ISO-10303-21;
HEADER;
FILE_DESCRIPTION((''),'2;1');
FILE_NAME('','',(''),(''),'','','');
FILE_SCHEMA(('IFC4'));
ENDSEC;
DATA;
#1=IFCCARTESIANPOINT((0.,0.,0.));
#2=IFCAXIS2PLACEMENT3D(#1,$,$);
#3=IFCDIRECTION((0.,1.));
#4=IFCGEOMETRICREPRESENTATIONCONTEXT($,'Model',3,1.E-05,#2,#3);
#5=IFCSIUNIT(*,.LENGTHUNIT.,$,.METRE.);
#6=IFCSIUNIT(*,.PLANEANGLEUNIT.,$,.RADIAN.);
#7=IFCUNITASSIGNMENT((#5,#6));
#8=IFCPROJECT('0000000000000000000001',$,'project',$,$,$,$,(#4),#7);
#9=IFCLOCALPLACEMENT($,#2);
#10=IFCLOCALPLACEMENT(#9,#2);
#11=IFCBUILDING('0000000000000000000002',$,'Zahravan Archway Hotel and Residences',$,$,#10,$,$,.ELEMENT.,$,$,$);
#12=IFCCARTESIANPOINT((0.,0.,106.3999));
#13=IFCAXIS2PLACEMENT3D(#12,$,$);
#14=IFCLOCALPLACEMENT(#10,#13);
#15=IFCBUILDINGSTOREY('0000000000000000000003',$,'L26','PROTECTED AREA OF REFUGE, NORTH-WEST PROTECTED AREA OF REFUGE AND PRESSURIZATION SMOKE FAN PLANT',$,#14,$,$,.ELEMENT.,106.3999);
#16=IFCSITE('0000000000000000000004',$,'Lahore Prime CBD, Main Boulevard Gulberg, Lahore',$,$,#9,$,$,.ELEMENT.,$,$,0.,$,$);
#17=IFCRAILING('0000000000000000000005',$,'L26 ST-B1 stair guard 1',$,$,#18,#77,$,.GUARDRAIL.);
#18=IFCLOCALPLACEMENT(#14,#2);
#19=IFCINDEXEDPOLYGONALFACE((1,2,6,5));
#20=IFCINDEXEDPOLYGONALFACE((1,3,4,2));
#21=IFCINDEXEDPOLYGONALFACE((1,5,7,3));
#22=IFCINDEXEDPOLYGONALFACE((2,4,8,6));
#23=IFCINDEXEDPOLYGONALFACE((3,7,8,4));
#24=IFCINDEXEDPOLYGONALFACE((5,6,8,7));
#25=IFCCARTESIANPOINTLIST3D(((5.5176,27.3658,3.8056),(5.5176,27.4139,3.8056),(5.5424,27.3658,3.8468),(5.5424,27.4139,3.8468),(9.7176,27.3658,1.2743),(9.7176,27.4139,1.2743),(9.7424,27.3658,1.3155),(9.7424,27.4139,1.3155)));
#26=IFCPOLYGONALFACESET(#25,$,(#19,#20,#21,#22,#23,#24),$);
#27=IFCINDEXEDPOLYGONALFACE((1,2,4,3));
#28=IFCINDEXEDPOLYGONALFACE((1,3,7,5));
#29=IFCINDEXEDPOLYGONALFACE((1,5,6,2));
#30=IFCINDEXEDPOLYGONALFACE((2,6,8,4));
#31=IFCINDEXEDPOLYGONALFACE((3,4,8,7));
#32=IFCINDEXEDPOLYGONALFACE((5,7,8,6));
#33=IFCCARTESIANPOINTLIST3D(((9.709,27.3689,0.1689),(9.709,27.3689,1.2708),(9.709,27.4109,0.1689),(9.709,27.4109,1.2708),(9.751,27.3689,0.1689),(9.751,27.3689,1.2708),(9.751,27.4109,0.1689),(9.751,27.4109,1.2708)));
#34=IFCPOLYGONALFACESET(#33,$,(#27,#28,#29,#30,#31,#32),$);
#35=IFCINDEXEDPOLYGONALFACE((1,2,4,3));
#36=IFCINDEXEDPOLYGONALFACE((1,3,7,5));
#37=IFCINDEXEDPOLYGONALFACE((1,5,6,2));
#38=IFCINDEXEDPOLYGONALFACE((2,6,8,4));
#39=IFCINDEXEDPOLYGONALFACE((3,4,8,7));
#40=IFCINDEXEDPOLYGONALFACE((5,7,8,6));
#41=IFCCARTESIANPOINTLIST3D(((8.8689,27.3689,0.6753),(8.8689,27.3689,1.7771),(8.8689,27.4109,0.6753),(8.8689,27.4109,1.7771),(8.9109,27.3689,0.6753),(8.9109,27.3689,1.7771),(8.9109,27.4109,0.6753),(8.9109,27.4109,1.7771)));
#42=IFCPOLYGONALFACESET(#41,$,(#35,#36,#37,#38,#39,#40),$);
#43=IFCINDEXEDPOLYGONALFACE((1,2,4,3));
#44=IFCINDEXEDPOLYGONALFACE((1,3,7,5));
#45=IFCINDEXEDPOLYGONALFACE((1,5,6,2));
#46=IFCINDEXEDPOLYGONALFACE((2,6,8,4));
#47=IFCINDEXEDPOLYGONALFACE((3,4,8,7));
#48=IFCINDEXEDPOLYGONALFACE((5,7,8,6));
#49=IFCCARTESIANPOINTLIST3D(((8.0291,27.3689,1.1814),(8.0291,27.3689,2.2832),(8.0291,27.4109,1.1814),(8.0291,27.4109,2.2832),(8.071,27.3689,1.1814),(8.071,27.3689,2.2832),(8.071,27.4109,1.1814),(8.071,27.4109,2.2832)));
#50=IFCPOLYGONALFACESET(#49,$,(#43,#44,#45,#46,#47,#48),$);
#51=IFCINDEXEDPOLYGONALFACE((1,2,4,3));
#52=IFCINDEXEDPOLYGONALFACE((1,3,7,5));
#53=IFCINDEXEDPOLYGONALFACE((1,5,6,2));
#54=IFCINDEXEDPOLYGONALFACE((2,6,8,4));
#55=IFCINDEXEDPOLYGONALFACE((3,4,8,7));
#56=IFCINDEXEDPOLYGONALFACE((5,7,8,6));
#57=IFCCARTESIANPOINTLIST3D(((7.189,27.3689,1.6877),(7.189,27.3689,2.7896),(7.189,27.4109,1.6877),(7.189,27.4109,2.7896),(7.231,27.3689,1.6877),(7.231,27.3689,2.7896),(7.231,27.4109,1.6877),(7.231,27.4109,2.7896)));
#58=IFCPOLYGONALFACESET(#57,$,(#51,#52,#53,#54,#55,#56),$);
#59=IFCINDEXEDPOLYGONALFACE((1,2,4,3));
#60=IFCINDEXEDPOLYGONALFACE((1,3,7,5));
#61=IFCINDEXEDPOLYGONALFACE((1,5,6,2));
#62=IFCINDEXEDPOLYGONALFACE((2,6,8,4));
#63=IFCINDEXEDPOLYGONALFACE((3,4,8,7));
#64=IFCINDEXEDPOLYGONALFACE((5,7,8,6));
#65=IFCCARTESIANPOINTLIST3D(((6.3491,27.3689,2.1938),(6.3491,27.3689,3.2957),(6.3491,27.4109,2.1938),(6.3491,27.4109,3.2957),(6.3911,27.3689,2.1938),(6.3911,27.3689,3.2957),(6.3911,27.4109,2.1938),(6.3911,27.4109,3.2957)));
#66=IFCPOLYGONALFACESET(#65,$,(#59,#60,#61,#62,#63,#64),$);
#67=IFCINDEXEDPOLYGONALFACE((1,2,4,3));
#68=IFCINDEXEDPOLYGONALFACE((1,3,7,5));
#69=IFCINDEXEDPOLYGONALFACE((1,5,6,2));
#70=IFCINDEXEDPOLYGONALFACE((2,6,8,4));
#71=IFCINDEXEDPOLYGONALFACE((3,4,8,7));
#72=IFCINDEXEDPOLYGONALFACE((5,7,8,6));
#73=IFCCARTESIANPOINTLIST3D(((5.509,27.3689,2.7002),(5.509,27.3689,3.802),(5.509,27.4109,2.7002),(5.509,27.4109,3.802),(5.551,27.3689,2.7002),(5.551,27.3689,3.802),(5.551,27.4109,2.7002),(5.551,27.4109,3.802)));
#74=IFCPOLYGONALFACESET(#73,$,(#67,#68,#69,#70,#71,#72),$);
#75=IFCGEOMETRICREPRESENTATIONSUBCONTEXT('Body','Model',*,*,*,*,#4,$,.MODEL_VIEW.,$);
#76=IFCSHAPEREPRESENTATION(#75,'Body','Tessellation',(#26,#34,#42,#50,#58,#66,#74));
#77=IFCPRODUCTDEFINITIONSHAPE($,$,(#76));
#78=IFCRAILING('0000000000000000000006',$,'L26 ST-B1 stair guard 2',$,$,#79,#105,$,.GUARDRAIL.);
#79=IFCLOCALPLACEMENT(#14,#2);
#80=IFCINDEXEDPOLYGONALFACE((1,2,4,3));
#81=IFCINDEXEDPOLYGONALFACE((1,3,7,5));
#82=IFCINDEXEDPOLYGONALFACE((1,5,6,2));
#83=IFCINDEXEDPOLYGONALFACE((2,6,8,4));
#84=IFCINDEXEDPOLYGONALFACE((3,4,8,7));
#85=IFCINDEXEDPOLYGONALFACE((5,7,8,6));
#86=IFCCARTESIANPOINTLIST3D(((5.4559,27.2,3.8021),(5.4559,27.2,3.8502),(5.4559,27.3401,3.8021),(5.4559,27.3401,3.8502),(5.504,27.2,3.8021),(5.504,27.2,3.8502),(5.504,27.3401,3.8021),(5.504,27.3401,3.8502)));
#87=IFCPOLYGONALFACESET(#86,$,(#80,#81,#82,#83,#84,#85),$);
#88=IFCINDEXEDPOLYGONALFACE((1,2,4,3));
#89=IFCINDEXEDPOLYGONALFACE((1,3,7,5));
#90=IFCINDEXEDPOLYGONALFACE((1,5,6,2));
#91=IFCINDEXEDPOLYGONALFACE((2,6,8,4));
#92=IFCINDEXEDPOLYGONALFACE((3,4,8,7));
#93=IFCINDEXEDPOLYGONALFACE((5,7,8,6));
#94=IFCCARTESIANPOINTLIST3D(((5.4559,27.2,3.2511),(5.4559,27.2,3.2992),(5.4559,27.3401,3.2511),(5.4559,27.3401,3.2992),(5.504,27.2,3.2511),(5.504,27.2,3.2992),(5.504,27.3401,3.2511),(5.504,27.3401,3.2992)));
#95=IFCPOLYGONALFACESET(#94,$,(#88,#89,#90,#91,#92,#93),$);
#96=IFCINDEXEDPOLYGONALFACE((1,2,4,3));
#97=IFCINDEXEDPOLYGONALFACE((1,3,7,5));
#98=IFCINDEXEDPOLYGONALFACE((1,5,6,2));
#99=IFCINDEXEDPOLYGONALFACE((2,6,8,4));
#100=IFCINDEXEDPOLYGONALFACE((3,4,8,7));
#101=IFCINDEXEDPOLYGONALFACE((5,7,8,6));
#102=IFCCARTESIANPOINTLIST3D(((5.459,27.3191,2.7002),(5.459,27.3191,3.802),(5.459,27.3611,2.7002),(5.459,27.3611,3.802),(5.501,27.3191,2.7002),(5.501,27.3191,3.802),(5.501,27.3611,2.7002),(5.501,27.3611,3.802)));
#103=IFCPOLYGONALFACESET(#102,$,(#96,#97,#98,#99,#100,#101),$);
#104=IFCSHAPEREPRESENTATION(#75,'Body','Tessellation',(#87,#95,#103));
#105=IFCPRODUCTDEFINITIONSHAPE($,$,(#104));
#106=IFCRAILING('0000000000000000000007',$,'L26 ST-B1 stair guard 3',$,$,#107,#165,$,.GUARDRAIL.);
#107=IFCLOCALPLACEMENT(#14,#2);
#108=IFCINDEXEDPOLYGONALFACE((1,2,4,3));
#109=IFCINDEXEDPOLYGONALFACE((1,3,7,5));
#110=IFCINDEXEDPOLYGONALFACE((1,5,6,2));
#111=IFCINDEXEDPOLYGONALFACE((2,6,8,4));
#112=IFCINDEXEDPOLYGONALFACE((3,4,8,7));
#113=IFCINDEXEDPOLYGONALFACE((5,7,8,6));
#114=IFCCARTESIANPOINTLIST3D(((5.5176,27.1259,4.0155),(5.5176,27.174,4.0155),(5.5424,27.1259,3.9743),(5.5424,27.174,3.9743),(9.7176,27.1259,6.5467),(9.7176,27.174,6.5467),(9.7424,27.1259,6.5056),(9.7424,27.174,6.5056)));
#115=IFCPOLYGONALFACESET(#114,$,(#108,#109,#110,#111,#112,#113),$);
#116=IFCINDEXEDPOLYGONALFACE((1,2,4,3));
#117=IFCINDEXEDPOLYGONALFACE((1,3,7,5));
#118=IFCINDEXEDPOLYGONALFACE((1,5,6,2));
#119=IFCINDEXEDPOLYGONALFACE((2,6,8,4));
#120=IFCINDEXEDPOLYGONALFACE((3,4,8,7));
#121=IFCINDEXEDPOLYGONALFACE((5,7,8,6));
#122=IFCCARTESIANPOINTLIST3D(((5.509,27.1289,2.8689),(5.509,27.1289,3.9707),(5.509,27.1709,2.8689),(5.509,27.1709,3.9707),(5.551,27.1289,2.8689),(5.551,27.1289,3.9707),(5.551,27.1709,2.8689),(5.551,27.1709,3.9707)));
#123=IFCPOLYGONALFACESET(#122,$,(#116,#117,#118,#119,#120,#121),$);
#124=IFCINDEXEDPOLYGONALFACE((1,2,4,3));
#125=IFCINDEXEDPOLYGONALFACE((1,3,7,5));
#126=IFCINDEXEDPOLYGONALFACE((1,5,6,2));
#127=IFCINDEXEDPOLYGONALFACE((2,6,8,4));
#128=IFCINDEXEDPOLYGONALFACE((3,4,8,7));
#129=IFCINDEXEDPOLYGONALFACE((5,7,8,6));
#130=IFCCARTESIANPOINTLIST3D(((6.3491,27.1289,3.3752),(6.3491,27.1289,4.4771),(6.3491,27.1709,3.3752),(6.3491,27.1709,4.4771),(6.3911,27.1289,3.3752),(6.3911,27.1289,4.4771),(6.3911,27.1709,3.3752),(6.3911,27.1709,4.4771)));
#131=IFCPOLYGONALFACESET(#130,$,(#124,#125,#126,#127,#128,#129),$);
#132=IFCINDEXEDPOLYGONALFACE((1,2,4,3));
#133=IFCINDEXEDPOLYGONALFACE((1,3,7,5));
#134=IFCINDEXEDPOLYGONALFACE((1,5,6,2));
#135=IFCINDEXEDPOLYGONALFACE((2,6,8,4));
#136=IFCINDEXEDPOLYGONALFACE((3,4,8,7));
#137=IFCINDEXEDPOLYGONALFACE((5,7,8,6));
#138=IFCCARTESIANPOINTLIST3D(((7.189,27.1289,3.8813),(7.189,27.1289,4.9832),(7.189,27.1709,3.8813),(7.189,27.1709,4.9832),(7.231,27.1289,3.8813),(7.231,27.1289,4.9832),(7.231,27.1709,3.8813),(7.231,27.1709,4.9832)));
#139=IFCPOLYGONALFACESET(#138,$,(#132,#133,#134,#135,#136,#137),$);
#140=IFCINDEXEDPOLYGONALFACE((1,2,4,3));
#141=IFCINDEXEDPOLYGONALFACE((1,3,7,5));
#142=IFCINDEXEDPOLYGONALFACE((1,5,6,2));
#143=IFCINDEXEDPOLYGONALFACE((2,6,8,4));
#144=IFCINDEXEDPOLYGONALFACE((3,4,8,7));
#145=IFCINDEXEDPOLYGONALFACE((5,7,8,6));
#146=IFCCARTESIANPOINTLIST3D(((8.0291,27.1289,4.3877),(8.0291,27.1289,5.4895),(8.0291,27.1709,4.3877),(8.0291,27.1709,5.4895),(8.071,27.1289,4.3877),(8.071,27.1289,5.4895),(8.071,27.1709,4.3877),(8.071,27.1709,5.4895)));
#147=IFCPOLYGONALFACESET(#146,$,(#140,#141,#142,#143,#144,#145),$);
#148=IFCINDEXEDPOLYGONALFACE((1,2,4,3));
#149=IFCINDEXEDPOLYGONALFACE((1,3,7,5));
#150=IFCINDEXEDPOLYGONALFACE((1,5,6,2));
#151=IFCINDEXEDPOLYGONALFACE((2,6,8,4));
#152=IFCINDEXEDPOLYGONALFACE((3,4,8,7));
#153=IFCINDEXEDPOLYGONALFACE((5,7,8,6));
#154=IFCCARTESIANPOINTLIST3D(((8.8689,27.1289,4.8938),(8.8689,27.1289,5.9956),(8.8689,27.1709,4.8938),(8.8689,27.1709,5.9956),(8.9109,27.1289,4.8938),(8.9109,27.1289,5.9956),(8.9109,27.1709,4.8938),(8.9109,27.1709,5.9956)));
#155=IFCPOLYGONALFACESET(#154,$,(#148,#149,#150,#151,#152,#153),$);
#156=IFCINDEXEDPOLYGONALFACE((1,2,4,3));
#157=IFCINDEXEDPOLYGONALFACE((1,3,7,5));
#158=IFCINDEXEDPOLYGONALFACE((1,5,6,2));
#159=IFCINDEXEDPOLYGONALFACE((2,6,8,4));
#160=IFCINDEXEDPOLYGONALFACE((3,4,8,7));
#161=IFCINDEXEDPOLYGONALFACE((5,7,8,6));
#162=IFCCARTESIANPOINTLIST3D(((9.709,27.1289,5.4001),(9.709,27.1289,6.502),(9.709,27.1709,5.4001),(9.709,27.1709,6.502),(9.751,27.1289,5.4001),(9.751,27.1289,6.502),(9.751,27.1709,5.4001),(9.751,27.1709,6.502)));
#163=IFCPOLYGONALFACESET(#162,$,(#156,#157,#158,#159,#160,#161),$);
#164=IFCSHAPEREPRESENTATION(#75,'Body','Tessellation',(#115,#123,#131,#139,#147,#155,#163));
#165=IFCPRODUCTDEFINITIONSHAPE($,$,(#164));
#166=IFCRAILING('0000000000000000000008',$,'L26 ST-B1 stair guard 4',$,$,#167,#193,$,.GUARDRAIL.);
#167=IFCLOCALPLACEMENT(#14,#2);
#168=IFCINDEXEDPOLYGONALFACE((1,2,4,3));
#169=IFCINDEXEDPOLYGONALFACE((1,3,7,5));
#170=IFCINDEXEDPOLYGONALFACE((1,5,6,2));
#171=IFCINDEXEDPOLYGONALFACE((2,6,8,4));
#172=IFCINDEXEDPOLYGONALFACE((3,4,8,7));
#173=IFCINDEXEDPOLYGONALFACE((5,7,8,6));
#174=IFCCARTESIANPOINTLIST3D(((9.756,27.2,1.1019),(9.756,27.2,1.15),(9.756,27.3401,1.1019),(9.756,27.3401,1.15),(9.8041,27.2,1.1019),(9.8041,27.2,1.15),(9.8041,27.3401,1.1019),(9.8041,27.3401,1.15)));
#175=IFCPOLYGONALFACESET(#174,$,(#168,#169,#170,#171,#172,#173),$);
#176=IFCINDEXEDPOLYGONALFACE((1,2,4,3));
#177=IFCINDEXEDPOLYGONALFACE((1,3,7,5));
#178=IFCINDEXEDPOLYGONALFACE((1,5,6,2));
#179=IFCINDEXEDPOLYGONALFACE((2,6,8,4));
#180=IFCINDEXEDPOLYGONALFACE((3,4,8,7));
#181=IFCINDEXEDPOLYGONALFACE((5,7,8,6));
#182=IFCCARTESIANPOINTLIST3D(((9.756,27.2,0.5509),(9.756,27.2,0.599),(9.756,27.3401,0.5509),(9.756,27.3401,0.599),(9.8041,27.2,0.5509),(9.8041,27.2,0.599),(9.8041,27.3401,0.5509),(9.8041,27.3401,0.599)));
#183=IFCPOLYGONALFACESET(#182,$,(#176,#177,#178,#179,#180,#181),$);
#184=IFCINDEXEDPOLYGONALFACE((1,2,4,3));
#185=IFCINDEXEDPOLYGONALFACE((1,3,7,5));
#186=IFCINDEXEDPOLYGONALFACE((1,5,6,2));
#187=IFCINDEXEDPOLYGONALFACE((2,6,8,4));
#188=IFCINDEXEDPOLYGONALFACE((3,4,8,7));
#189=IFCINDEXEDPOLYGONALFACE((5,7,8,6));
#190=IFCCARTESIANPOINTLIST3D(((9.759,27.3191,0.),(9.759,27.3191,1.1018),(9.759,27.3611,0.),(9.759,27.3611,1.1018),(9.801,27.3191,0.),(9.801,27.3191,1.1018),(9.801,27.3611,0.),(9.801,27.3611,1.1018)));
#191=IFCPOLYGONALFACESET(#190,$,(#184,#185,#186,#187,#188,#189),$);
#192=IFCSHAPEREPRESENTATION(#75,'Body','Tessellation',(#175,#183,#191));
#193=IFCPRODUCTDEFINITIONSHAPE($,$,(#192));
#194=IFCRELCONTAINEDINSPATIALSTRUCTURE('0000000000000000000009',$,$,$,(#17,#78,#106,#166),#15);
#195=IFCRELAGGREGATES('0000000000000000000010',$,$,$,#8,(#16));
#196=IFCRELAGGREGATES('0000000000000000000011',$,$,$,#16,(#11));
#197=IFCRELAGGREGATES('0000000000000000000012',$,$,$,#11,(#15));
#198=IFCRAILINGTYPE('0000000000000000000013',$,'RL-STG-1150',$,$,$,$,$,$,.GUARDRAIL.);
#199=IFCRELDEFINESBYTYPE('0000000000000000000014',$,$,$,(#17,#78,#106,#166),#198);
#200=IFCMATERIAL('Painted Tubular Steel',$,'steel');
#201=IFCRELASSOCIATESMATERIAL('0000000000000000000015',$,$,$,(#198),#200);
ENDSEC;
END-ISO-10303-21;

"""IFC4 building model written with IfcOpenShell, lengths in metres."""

from ifc_helpers import new_model, si_unit, direction, frame, origin, origin_2d, place, context, subcontext, project, spatial, rectangle, extrude, material, type_object, element, save


model = new_model("IFC4")

# Units and contexts
model_context = context("Model", 3, precision=1e-05, world=origin(), true_north=direction((0.0, 1.0)))
body_context = subcontext(model_context, "Body", "Model", "MODEL_VIEW")
ifc_project = project(units=[si_unit("LENGTHUNIT", "METRE"), si_unit("PLANEANGLEUNIT", "RADIAN")], contexts=[model_context])

# Site, building, storey
site_placement = place(None, origin())
site = spatial("IfcSite", under=ifc_project, at=site_placement, Name="Lahore Prime CBD, Main Boulevard Gulberg, Lahore", CompositionType="ELEMENT", RefElevation=0.0)
building_placement = place(site_placement, origin())
building = spatial("IfcBuilding", under=site, at=building_placement, Name="Zahravan Archway Hotel and Residences", CompositionType="ELEMENT")
storey_placement = place(building_placement, frame((0.0, 0.0, 106.3999)))
storey = spatial("IfcBuildingStorey", under=building, at=storey_placement, Name="L26", Description="PROTECTED AREA OF REFUGE, NORTH-WEST PROTECTED AREA OF REFUGE AND PRESSURIZATION SMOKE FAN PLANT", CompositionType="ELEMENT", Elevation=106.3999)

# Railings
ifc_material_1 = material(Name="Painted Tubular Steel", Category="steel")
railing_type_1 = type_object("IfcRailingType", Name="RL-STG-1150", PredefinedType="GUARDRAIL", material=ifc_material_1)
railing_1_placement = place(storey_placement, frame((9.73, 27.3899, 0.1689)))
element("IfcRailing", 1, at=railing_1_placement, inside=storey, type_object=railing_type_1, Name="L26 ST-B1 stair guard 1", PredefinedType="GUARDRAIL", context=body_context, shape_type="SweptSolid", body=[
    extrude(rectangle(XDim=0.0481, YDim=0.0481, at=origin_2d()), frame((0.0, 0.0, 1.126), z_axis=(-0.856476, 0.0, 0.516186), x_axis=(0.0, -1.0, 0.0)), (0.0, 0.0, 1.0), 4.9038),
    extrude(rectangle(XDim=0.042, YDim=0.042, at=origin_2d()), origin(), (0.0, 0.0, 1.0), 1.1018),
    extrude(rectangle(XDim=0.042, YDim=0.042, at=origin_2d()), frame((-0.8401, 0.0, 0.5063)), (0.0, 0.0, 1.0), 1.1018),
    extrude(rectangle(XDim=0.042, YDim=0.042, at=origin_2d()), frame((-1.6799, 0.0, 1.0125)), (0.0, 0.0, 1.0), 1.1018),
    extrude(rectangle(XDim=0.042, YDim=0.042, at=origin_2d()), frame((-2.52, 0.0, 1.5188)), (0.0, 0.0, 1.0), 1.1018),
    extrude(rectangle(XDim=0.042, YDim=0.042, at=origin_2d()), frame((-3.3599, 0.0, 2.0249)), (0.0, 0.0, 1.0), 1.1018),
    extrude(rectangle(XDim=0.042, YDim=0.042, at=origin_2d()), frame((-4.2, 0.0, 2.5312)), (0.0, 0.0, 1.0), 1.1018),
])
railing_2_placement = place(storey_placement, frame((5.48, 27.3401, 2.7002)))
element("IfcRailing", 2, at=railing_2_placement, inside=storey, type_object=railing_type_1, Name="L26 ST-B1 stair guard 2", PredefinedType="GUARDRAIL", context=body_context, shape_type="SweptSolid", body=[
    extrude(rectangle(XDim=0.0481, YDim=0.0481, at=origin_2d()), frame((0.0, 0.0, 1.126), z_axis=(0.0, -1.0, 0.0), x_axis=(1.0, 0.0, 0.0)), (0.0, 0.0, 1.0), 0.1401),
    extrude(rectangle(XDim=0.0481, YDim=0.0481, at=origin_2d()), frame((0.0, 0.0, 0.575), z_axis=(0.0, -1.0, 0.0), x_axis=(1.0, 0.0, 0.0)), (0.0, 0.0, 1.0), 0.1401),
    extrude(rectangle(XDim=0.042, YDim=0.042, at=origin_2d()), origin(), (0.0, 0.0, 1.0), 1.1018),
])
railing_3_placement = place(storey_placement, frame((5.53, 27.1499, 2.8689)))
element("IfcRailing", 3, at=railing_3_placement, inside=storey, type_object=railing_type_1, Name="L26 ST-B1 stair guard 3", PredefinedType="GUARDRAIL", context=body_context, shape_type="SweptSolid", body=[
    extrude(rectangle(XDim=0.0481, YDim=0.0481, at=origin_2d()), frame((0.0, 0.0, 1.126), z_axis=(0.856476, 0.0, 0.516186), x_axis=(0.0, 1.0, 0.0)), (0.0, 0.0, 1.0), 4.9038),
    extrude(rectangle(XDim=0.042, YDim=0.042, at=origin_2d()), origin(), (0.0, 0.0, 1.0), 1.1018),
    extrude(rectangle(XDim=0.042, YDim=0.042, at=origin_2d()), frame((0.8401, 0.0, 0.5063)), (0.0, 0.0, 1.0), 1.1018),
    extrude(rectangle(XDim=0.042, YDim=0.042, at=origin_2d()), frame((1.6799, 0.0, 1.0125)), (0.0, 0.0, 1.0), 1.1018),
    extrude(rectangle(XDim=0.042, YDim=0.042, at=origin_2d()), frame((2.52, 0.0, 1.5188)), (0.0, 0.0, 1.0), 1.1018),
    extrude(rectangle(XDim=0.042, YDim=0.042, at=origin_2d()), frame((3.3599, 0.0, 2.0249)), (0.0, 0.0, 1.0), 1.1018),
    extrude(rectangle(XDim=0.042, YDim=0.042, at=origin_2d()), frame((4.2, 0.0, 2.5312)), (0.0, 0.0, 1.0), 1.1018),
])
railing_4_placement = place(storey_placement, frame((9.78, 27.3401, 0.0)))
element("IfcRailing", 4, at=railing_4_placement, inside=storey, type_object=railing_type_1, Name="L26 ST-B1 stair guard 4", PredefinedType="GUARDRAIL", context=body_context, shape_type="SweptSolid", body=[
    extrude(rectangle(XDim=0.0481, YDim=0.0481, at=origin_2d()), frame((0.0, 0.0, 1.126), z_axis=(0.0, -1.0, 0.0), x_axis=(1.0, 0.0, 0.0)), (0.0, 0.0, 1.0), 0.1401),
    extrude(rectangle(XDim=0.0481, YDim=0.0481, at=origin_2d()), frame((0.0, 0.0, 0.575), z_axis=(0.0, -1.0, 0.0), x_axis=(1.0, 0.0, 0.0)), (0.0, 0.0, 1.0), 0.1401),
    extrude(rectangle(XDim=0.042, YDim=0.042, at=origin_2d()), origin(), (0.0, 0.0, 1.0), 1.1018),
])

save(model, "model.ifc")
